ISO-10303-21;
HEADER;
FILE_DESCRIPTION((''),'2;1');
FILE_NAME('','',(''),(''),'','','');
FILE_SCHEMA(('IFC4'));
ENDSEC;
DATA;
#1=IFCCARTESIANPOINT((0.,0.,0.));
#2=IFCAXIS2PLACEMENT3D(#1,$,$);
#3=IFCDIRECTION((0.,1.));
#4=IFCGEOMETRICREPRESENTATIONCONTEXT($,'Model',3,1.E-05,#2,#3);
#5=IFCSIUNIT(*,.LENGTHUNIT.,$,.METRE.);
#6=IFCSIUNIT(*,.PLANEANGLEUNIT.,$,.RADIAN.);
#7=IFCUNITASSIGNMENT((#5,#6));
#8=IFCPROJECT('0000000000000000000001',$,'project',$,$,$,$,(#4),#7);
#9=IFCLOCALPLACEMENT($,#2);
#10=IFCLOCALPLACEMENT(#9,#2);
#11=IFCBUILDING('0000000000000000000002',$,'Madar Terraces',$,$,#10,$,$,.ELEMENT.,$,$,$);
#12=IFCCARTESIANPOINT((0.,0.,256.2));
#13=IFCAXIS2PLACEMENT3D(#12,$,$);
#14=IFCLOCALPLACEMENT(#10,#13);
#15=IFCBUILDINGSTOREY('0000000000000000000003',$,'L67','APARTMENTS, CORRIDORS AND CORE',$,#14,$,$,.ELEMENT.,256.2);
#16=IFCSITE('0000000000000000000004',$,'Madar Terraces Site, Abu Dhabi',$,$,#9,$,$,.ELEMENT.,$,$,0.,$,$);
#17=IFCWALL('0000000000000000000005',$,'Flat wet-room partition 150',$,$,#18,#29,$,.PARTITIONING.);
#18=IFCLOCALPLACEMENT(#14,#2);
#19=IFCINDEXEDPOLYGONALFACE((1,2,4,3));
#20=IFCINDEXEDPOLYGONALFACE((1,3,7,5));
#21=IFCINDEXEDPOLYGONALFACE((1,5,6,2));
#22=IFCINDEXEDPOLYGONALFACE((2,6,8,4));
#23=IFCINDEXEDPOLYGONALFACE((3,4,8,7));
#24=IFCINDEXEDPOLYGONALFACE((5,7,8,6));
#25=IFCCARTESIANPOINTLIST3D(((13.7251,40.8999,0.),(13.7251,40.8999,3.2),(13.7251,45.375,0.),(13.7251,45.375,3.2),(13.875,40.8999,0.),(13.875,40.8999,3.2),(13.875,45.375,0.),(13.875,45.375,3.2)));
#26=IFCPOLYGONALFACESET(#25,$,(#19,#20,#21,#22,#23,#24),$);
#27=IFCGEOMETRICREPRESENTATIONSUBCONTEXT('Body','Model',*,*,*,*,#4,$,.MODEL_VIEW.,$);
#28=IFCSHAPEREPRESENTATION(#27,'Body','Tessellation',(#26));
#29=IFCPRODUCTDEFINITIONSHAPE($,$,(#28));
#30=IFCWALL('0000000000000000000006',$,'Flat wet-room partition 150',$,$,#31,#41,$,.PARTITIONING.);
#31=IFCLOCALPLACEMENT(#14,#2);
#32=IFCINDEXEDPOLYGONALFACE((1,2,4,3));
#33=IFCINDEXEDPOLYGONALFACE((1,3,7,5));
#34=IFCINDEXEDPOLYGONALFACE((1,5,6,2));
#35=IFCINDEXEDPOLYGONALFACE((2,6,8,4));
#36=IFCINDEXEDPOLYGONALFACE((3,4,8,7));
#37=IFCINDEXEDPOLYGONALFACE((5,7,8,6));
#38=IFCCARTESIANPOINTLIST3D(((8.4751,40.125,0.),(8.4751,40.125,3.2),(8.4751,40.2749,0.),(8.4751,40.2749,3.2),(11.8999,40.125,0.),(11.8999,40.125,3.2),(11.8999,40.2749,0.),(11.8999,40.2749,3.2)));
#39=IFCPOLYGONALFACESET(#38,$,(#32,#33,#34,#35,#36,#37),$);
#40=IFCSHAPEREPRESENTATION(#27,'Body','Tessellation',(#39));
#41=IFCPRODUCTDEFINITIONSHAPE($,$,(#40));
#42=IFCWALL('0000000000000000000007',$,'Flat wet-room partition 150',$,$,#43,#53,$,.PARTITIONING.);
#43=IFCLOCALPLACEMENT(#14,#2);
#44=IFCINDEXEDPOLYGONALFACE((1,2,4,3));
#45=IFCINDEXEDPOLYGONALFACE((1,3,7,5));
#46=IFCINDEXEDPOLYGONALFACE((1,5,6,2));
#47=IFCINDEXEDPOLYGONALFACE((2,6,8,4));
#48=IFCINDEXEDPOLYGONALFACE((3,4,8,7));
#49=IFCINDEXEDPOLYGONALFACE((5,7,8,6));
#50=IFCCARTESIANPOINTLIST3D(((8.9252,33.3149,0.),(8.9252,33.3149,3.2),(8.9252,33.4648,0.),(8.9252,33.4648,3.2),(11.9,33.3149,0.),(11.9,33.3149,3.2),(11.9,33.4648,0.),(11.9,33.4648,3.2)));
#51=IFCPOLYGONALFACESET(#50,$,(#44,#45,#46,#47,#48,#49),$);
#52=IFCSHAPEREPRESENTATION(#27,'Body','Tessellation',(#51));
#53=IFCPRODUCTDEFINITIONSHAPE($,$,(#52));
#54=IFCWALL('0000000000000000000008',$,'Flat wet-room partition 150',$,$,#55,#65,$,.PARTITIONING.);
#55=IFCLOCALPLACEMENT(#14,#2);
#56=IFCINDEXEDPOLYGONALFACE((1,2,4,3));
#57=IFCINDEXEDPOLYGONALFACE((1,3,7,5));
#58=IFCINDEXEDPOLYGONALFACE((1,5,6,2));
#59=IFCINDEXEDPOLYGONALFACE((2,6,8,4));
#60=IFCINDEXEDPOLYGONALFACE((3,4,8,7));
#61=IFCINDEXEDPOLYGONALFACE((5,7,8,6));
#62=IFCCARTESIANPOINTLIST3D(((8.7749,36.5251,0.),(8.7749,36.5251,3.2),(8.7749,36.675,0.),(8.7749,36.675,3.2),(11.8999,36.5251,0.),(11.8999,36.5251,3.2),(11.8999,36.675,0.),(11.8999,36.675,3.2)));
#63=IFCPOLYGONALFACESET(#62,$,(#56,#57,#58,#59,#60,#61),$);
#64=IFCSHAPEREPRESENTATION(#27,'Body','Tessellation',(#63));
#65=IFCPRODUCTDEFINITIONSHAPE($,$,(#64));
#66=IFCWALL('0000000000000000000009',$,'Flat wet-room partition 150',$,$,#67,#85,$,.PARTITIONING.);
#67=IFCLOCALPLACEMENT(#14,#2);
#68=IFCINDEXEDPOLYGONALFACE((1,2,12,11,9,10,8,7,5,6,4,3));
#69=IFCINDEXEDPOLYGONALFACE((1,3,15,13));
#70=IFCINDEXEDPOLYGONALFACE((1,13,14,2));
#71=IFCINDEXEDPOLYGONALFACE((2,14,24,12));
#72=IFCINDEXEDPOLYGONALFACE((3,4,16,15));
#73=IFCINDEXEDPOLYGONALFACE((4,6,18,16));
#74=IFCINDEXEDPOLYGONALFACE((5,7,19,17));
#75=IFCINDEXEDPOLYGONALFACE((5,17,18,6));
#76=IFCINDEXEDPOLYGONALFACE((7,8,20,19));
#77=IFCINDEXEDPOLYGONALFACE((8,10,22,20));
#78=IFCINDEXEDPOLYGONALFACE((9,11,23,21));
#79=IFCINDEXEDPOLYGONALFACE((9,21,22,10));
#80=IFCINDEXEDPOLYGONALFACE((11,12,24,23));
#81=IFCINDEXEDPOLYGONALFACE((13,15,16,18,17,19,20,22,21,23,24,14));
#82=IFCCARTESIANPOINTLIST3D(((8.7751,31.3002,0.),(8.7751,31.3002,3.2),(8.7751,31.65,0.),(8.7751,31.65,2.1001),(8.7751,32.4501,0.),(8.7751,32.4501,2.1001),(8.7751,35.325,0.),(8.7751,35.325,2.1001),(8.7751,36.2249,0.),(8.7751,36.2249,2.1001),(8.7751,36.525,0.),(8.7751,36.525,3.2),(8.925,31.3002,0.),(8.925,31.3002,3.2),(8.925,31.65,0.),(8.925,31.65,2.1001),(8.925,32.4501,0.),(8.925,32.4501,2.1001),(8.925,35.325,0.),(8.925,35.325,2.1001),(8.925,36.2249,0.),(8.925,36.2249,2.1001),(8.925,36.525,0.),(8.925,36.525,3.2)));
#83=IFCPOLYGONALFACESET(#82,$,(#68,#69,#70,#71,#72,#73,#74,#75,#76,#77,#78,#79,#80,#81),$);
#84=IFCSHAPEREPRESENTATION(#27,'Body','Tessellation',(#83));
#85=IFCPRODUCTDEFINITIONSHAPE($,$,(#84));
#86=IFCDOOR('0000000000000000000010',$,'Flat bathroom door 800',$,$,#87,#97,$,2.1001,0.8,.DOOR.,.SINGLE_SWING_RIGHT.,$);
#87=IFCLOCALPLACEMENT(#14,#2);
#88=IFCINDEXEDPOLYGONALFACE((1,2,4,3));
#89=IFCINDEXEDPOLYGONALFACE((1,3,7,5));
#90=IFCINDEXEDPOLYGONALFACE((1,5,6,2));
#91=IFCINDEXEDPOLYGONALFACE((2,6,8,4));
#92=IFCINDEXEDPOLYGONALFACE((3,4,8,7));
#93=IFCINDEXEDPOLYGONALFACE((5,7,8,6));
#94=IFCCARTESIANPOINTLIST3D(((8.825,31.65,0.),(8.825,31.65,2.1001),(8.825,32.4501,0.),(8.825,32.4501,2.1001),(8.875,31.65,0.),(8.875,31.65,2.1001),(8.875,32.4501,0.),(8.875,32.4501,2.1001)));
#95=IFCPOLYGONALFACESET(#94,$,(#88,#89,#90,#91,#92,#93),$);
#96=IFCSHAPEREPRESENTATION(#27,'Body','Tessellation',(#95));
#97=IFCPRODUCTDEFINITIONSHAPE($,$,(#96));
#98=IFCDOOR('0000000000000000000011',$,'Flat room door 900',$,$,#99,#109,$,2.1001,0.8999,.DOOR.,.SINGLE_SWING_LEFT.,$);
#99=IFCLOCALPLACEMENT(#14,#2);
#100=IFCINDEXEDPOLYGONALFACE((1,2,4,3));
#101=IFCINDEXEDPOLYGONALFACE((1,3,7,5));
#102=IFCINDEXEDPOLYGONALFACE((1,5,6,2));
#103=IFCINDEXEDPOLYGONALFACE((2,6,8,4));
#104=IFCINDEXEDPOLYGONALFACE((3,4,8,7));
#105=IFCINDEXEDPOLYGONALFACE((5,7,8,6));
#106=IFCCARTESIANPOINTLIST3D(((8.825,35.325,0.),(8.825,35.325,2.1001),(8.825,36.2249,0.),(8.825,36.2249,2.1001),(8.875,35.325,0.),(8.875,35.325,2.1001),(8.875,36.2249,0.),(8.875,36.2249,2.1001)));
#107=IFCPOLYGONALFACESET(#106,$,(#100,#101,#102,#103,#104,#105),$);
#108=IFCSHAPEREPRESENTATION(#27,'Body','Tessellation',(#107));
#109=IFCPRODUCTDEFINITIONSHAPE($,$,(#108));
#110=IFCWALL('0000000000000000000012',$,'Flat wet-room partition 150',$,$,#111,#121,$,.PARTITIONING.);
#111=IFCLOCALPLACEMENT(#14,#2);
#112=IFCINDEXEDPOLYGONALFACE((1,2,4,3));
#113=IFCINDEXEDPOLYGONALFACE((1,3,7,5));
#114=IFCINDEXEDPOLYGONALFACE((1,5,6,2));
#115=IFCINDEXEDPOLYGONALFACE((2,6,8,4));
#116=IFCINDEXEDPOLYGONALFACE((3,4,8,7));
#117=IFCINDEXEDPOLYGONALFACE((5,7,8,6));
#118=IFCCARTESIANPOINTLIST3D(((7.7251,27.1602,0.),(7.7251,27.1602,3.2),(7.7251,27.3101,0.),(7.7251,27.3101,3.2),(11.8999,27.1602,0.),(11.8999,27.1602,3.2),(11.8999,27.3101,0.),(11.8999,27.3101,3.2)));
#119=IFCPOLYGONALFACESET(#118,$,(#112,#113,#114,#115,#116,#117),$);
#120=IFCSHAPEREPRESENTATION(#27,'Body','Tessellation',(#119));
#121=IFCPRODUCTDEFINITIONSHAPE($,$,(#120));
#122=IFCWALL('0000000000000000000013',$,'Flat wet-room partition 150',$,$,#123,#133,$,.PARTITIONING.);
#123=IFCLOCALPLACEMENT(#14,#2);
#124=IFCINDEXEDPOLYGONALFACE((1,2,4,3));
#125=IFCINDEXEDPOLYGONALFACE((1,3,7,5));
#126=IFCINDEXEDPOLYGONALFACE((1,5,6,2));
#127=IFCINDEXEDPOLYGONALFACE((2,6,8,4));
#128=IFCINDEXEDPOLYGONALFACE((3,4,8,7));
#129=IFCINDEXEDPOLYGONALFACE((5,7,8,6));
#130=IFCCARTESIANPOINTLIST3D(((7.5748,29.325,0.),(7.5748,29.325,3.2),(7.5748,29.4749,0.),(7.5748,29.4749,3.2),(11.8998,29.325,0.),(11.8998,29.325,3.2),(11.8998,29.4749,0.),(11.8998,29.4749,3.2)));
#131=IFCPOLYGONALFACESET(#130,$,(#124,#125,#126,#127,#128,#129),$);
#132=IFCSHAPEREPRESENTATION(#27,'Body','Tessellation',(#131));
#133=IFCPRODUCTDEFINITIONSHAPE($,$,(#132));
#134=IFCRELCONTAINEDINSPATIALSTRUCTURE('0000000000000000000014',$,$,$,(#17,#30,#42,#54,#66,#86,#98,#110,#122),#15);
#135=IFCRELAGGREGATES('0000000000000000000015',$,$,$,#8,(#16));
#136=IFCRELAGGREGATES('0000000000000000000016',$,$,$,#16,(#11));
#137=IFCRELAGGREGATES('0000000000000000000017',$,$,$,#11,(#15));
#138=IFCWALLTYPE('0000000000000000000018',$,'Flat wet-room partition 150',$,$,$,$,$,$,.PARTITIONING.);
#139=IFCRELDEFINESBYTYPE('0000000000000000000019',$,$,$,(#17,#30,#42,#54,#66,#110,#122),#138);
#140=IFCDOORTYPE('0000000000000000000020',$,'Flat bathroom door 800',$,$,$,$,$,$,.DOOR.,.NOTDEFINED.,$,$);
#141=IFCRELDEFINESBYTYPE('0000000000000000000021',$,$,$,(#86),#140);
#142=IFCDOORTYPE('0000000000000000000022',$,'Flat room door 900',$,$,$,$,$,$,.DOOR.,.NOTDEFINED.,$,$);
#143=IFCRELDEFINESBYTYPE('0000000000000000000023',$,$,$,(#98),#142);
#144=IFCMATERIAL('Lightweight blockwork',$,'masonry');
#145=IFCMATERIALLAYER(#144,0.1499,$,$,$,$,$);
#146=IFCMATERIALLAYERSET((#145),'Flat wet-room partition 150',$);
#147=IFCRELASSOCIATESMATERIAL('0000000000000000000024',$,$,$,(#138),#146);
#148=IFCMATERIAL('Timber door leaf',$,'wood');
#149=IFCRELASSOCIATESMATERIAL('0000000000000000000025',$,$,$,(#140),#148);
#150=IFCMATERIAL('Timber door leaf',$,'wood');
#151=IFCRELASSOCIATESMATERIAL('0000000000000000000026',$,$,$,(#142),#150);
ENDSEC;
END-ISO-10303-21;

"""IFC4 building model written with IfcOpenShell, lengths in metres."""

from ifc_helpers import new_model, si_unit, direction, frame, frame_2d, origin, place, context, subcontext, project, spatial, rectangle, extrude, material, layer, layer_set, type_object, element, fill, save


model = new_model("IFC4")

# Units and contexts
model_context = context("Model", 3, precision=1e-05, world=origin(), true_north=direction((0.0, 1.0)))
body_context = subcontext(model_context, "Body", "Model", "MODEL_VIEW")
ifc_project = project(units=[si_unit("LENGTHUNIT", "METRE"), si_unit("PLANEANGLEUNIT", "RADIAN")], contexts=[model_context])

# Site, building, storey
site_placement = place(None, origin())
site = spatial("IfcSite", under=ifc_project, at=site_placement, Name="Madar Terraces Site, Abu Dhabi", CompositionType="ELEMENT", RefElevation=0.0)
building_placement = place(site_placement, origin())
building = spatial("IfcBuilding", under=site, at=building_placement, Name="Madar Terraces", CompositionType="ELEMENT")
storey_placement = place(building_placement, frame((0.0, 0.0, 256.2)))
storey = spatial("IfcBuildingStorey", under=building, at=storey_placement, Name="L67", Description="APARTMENTS, CORRIDORS AND CORE", CompositionType="ELEMENT", Elevation=256.2)

# Walls
ifc_material_1 = material(Name="Lightweight blockwork", Category="masonry")
ifc_layer_1 = layer(ifc_material_1, 0.1499)
ifc_layer_set_1 = layer_set([ifc_layer_1], Name="Flat wet-room partition 150")
wall_type_1 = type_object("IfcWallType", Name="Flat wet-room partition 150", PredefinedType="PARTITIONING", material=ifc_layer_set_1)
wall_1_placement = place(storey_placement, frame((13.8, 40.8999, 0.0), z_axis=(0.0, 0.0, 1.0), x_axis=(0.0, 1.0, 0.0)))
element("IfcWall", 1, at=wall_1_placement, inside=storey, type_object=wall_type_1, Name="Flat wet-room partition 150", PredefinedType="PARTITIONING", context=body_context, shape_type="SweptSolid", body=[
    extrude(rectangle(XDim=4.4751, YDim=0.1499, at=frame_2d((2.2375, 0.0))), origin(), (0.0, 0.0, 1.0), 3.2),
])
wall_2_placement = place(storey_placement, frame((11.8999, 40.2, 0.0), z_axis=(0.0, 0.0, 1.0), x_axis=(-1.0, 0.0, 0.0)))
element("IfcWall", 2, at=wall_2_placement, inside=storey, type_object=wall_type_1, Name="Flat wet-room partition 150", PredefinedType="PARTITIONING", context=body_context, shape_type="SweptSolid", body=[
    extrude(rectangle(XDim=3.4248, YDim=0.1499, at=frame_2d((1.7124, 0.0))), origin(), (0.0, 0.0, 1.0), 3.2),
])
wall_3_placement = place(storey_placement, frame((11.8999, 33.3899, 0.0), z_axis=(0.0, 0.0, 1.0), x_axis=(-1.0, 0.0, 0.0)))
element("IfcWall", 3, at=wall_3_placement, inside=storey, type_object=wall_type_1, Name="Flat wet-room partition 150", PredefinedType="PARTITIONING", context=body_context, shape_type="SweptSolid", body=[
    extrude(rectangle(XDim=2.9749, YDim=0.1499, at=frame_2d((1.4873, 0.0))), origin(), (0.0, 0.0, 1.0), 3.2),
])
wall_4_placement = place(storey_placement, frame((11.8999, 36.6001, 0.0), z_axis=(0.0, 0.0, 1.0), x_axis=(-1.0, 0.0, 0.0)))
element("IfcWall", 4, at=wall_4_placement, inside=storey, type_object=wall_type_1, Name="Flat wet-room partition 150", PredefinedType="PARTITIONING", context=body_context, shape_type="SweptSolid", body=[
    extrude(rectangle(XDim=3.125, YDim=0.1499, at=frame_2d((1.5625, 0.0))), origin(), (0.0, 0.0, 1.0), 3.2),
])

# Wall, openings, doors
wall_5_placement = place(storey_placement, frame((8.8501, 36.5249, 0.0), z_axis=(0.0, 0.0, 1.0), x_axis=(0.0, -1.0, 0.0)))
wall_5 = element("IfcWall", 5, at=wall_5_placement, inside=storey, type_object=wall_type_1, Name="Flat wet-room partition 150", PredefinedType="PARTITIONING", context=body_context, shape_type="SweptSolid", body=[
    extrude(rectangle(XDim=5.2249, YDim=0.1499, at=frame_2d((2.6123, 0.0))), origin(), (0.0, 0.0, 1.0), 3.2),
])
opening_1_placement = place(wall_5_placement, frame((0.3, 0.0, 0.0)))
opening_1 = element("IfcOpeningElement", 6, at=opening_1_placement, cuts=wall_5, PredefinedType="OPENING", context=body_context, shape_type="SweptSolid", body=[
    extrude(rectangle(XDim=0.8999, YDim=2.1001, at=frame_2d((0.45, 1.05))), frame((0.0, 0.085, 0.0), z_axis=(0.0, -1.0, 0.0), x_axis=(1.0, 0.0, 0.0)), (0.0, 0.0, 1.0), 0.1699),
])
opening_2_placement = place(wall_5_placement, frame((4.075, 0.0, 0.0)))
opening_2 = element("IfcOpeningElement", 7, at=opening_2_placement, cuts=wall_5, PredefinedType="OPENING", context=body_context, shape_type="SweptSolid", body=[
    extrude(rectangle(XDim=0.8, YDim=2.1001, at=frame_2d((0.3999, 1.05))), frame((0.0, 0.085, 0.0), z_axis=(0.0, -1.0, 0.0), x_axis=(1.0, 0.0, 0.0)), (0.0, 0.0, 1.0), 0.1699),
])
ifc_material_2 = material(Name="Timber door leaf", Category="wood")
door_type_1 = type_object("IfcDoorType", Name="Flat bathroom door 800", OperationType="NOTDEFINED", PredefinedType="DOOR", material=ifc_material_2)
door_1_placement = place(opening_2_placement, origin())
door_1 = element("IfcDoor", 8, at=door_1_placement, inside=storey, type_object=door_type_1, Name="Flat bathroom door 800", OperationType="SINGLE_SWING_RIGHT", OverallHeight=2.1001, OverallWidth=0.8, PredefinedType="DOOR", context=body_context, shape_type="SweptSolid", body=[
    extrude(rectangle(XDim=0.8, YDim=2.1001, at=frame_2d((0.3999, 1.05))), frame((0.0, 0.0249, 0.0), z_axis=(0.0, -1.0, 0.0), x_axis=(1.0, 0.0, 0.0)), (0.0, 0.0, 1.0), 0.05),
])
fill(opening_2, door_1)
ifc_material_3 = material(Name="Timber door leaf", Category="wood")
door_type_2 = type_object("IfcDoorType", Name="Flat room door 900", OperationType="NOTDEFINED", PredefinedType="DOOR", material=ifc_material_3)
door_2_placement = place(opening_1_placement, origin())
door_2 = element("IfcDoor", 9, at=door_2_placement, inside=storey, type_object=door_type_2, Name="Flat room door 900", OperationType="SINGLE_SWING_LEFT", OverallHeight=2.1001, OverallWidth=0.8999, PredefinedType="DOOR", context=body_context, shape_type="SweptSolid", body=[
    extrude(rectangle(XDim=0.8999, YDim=2.1001, at=frame_2d((0.45, 1.05))), frame((0.0, 0.0249, 0.0), z_axis=(0.0, -1.0, 0.0), x_axis=(1.0, 0.0, 0.0)), (0.0, 0.0, 1.0), 0.05),
])
fill(opening_1, door_2)

# Walls
wall_6_placement = place(storey_placement, frame((11.8999, 27.2351, 0.0), z_axis=(0.0, 0.0, 1.0), x_axis=(-1.0, 0.0, 0.0)))
element("IfcWall", 10, at=wall_6_placement, inside=storey, type_object=wall_type_1, Name="Flat wet-room partition 150", PredefinedType="PARTITIONING", context=body_context, shape_type="SweptSolid", body=[
    extrude(rectangle(XDim=4.1748, YDim=0.1499, at=frame_2d((2.0874, 0.0))), origin(), (0.0, 0.0, 1.0), 3.2),
])
wall_7_placement = place(storey_placement, frame((11.8999, 29.3999, 0.0), z_axis=(0.0, 0.0, 1.0), x_axis=(-1.0, 0.0, 0.0)))
element("IfcWall", 11, at=wall_7_placement, inside=storey, type_object=wall_type_1, Name="Flat wet-room partition 150", PredefinedType="PARTITIONING", context=body_context, shape_type="SweptSolid", body=[
    extrude(rectangle(XDim=4.325, YDim=0.1499, at=frame_2d((2.1626, 0.0))), origin(), (0.0, 0.0, 1.0), 3.2),
])

save(model, "model.ifc")
